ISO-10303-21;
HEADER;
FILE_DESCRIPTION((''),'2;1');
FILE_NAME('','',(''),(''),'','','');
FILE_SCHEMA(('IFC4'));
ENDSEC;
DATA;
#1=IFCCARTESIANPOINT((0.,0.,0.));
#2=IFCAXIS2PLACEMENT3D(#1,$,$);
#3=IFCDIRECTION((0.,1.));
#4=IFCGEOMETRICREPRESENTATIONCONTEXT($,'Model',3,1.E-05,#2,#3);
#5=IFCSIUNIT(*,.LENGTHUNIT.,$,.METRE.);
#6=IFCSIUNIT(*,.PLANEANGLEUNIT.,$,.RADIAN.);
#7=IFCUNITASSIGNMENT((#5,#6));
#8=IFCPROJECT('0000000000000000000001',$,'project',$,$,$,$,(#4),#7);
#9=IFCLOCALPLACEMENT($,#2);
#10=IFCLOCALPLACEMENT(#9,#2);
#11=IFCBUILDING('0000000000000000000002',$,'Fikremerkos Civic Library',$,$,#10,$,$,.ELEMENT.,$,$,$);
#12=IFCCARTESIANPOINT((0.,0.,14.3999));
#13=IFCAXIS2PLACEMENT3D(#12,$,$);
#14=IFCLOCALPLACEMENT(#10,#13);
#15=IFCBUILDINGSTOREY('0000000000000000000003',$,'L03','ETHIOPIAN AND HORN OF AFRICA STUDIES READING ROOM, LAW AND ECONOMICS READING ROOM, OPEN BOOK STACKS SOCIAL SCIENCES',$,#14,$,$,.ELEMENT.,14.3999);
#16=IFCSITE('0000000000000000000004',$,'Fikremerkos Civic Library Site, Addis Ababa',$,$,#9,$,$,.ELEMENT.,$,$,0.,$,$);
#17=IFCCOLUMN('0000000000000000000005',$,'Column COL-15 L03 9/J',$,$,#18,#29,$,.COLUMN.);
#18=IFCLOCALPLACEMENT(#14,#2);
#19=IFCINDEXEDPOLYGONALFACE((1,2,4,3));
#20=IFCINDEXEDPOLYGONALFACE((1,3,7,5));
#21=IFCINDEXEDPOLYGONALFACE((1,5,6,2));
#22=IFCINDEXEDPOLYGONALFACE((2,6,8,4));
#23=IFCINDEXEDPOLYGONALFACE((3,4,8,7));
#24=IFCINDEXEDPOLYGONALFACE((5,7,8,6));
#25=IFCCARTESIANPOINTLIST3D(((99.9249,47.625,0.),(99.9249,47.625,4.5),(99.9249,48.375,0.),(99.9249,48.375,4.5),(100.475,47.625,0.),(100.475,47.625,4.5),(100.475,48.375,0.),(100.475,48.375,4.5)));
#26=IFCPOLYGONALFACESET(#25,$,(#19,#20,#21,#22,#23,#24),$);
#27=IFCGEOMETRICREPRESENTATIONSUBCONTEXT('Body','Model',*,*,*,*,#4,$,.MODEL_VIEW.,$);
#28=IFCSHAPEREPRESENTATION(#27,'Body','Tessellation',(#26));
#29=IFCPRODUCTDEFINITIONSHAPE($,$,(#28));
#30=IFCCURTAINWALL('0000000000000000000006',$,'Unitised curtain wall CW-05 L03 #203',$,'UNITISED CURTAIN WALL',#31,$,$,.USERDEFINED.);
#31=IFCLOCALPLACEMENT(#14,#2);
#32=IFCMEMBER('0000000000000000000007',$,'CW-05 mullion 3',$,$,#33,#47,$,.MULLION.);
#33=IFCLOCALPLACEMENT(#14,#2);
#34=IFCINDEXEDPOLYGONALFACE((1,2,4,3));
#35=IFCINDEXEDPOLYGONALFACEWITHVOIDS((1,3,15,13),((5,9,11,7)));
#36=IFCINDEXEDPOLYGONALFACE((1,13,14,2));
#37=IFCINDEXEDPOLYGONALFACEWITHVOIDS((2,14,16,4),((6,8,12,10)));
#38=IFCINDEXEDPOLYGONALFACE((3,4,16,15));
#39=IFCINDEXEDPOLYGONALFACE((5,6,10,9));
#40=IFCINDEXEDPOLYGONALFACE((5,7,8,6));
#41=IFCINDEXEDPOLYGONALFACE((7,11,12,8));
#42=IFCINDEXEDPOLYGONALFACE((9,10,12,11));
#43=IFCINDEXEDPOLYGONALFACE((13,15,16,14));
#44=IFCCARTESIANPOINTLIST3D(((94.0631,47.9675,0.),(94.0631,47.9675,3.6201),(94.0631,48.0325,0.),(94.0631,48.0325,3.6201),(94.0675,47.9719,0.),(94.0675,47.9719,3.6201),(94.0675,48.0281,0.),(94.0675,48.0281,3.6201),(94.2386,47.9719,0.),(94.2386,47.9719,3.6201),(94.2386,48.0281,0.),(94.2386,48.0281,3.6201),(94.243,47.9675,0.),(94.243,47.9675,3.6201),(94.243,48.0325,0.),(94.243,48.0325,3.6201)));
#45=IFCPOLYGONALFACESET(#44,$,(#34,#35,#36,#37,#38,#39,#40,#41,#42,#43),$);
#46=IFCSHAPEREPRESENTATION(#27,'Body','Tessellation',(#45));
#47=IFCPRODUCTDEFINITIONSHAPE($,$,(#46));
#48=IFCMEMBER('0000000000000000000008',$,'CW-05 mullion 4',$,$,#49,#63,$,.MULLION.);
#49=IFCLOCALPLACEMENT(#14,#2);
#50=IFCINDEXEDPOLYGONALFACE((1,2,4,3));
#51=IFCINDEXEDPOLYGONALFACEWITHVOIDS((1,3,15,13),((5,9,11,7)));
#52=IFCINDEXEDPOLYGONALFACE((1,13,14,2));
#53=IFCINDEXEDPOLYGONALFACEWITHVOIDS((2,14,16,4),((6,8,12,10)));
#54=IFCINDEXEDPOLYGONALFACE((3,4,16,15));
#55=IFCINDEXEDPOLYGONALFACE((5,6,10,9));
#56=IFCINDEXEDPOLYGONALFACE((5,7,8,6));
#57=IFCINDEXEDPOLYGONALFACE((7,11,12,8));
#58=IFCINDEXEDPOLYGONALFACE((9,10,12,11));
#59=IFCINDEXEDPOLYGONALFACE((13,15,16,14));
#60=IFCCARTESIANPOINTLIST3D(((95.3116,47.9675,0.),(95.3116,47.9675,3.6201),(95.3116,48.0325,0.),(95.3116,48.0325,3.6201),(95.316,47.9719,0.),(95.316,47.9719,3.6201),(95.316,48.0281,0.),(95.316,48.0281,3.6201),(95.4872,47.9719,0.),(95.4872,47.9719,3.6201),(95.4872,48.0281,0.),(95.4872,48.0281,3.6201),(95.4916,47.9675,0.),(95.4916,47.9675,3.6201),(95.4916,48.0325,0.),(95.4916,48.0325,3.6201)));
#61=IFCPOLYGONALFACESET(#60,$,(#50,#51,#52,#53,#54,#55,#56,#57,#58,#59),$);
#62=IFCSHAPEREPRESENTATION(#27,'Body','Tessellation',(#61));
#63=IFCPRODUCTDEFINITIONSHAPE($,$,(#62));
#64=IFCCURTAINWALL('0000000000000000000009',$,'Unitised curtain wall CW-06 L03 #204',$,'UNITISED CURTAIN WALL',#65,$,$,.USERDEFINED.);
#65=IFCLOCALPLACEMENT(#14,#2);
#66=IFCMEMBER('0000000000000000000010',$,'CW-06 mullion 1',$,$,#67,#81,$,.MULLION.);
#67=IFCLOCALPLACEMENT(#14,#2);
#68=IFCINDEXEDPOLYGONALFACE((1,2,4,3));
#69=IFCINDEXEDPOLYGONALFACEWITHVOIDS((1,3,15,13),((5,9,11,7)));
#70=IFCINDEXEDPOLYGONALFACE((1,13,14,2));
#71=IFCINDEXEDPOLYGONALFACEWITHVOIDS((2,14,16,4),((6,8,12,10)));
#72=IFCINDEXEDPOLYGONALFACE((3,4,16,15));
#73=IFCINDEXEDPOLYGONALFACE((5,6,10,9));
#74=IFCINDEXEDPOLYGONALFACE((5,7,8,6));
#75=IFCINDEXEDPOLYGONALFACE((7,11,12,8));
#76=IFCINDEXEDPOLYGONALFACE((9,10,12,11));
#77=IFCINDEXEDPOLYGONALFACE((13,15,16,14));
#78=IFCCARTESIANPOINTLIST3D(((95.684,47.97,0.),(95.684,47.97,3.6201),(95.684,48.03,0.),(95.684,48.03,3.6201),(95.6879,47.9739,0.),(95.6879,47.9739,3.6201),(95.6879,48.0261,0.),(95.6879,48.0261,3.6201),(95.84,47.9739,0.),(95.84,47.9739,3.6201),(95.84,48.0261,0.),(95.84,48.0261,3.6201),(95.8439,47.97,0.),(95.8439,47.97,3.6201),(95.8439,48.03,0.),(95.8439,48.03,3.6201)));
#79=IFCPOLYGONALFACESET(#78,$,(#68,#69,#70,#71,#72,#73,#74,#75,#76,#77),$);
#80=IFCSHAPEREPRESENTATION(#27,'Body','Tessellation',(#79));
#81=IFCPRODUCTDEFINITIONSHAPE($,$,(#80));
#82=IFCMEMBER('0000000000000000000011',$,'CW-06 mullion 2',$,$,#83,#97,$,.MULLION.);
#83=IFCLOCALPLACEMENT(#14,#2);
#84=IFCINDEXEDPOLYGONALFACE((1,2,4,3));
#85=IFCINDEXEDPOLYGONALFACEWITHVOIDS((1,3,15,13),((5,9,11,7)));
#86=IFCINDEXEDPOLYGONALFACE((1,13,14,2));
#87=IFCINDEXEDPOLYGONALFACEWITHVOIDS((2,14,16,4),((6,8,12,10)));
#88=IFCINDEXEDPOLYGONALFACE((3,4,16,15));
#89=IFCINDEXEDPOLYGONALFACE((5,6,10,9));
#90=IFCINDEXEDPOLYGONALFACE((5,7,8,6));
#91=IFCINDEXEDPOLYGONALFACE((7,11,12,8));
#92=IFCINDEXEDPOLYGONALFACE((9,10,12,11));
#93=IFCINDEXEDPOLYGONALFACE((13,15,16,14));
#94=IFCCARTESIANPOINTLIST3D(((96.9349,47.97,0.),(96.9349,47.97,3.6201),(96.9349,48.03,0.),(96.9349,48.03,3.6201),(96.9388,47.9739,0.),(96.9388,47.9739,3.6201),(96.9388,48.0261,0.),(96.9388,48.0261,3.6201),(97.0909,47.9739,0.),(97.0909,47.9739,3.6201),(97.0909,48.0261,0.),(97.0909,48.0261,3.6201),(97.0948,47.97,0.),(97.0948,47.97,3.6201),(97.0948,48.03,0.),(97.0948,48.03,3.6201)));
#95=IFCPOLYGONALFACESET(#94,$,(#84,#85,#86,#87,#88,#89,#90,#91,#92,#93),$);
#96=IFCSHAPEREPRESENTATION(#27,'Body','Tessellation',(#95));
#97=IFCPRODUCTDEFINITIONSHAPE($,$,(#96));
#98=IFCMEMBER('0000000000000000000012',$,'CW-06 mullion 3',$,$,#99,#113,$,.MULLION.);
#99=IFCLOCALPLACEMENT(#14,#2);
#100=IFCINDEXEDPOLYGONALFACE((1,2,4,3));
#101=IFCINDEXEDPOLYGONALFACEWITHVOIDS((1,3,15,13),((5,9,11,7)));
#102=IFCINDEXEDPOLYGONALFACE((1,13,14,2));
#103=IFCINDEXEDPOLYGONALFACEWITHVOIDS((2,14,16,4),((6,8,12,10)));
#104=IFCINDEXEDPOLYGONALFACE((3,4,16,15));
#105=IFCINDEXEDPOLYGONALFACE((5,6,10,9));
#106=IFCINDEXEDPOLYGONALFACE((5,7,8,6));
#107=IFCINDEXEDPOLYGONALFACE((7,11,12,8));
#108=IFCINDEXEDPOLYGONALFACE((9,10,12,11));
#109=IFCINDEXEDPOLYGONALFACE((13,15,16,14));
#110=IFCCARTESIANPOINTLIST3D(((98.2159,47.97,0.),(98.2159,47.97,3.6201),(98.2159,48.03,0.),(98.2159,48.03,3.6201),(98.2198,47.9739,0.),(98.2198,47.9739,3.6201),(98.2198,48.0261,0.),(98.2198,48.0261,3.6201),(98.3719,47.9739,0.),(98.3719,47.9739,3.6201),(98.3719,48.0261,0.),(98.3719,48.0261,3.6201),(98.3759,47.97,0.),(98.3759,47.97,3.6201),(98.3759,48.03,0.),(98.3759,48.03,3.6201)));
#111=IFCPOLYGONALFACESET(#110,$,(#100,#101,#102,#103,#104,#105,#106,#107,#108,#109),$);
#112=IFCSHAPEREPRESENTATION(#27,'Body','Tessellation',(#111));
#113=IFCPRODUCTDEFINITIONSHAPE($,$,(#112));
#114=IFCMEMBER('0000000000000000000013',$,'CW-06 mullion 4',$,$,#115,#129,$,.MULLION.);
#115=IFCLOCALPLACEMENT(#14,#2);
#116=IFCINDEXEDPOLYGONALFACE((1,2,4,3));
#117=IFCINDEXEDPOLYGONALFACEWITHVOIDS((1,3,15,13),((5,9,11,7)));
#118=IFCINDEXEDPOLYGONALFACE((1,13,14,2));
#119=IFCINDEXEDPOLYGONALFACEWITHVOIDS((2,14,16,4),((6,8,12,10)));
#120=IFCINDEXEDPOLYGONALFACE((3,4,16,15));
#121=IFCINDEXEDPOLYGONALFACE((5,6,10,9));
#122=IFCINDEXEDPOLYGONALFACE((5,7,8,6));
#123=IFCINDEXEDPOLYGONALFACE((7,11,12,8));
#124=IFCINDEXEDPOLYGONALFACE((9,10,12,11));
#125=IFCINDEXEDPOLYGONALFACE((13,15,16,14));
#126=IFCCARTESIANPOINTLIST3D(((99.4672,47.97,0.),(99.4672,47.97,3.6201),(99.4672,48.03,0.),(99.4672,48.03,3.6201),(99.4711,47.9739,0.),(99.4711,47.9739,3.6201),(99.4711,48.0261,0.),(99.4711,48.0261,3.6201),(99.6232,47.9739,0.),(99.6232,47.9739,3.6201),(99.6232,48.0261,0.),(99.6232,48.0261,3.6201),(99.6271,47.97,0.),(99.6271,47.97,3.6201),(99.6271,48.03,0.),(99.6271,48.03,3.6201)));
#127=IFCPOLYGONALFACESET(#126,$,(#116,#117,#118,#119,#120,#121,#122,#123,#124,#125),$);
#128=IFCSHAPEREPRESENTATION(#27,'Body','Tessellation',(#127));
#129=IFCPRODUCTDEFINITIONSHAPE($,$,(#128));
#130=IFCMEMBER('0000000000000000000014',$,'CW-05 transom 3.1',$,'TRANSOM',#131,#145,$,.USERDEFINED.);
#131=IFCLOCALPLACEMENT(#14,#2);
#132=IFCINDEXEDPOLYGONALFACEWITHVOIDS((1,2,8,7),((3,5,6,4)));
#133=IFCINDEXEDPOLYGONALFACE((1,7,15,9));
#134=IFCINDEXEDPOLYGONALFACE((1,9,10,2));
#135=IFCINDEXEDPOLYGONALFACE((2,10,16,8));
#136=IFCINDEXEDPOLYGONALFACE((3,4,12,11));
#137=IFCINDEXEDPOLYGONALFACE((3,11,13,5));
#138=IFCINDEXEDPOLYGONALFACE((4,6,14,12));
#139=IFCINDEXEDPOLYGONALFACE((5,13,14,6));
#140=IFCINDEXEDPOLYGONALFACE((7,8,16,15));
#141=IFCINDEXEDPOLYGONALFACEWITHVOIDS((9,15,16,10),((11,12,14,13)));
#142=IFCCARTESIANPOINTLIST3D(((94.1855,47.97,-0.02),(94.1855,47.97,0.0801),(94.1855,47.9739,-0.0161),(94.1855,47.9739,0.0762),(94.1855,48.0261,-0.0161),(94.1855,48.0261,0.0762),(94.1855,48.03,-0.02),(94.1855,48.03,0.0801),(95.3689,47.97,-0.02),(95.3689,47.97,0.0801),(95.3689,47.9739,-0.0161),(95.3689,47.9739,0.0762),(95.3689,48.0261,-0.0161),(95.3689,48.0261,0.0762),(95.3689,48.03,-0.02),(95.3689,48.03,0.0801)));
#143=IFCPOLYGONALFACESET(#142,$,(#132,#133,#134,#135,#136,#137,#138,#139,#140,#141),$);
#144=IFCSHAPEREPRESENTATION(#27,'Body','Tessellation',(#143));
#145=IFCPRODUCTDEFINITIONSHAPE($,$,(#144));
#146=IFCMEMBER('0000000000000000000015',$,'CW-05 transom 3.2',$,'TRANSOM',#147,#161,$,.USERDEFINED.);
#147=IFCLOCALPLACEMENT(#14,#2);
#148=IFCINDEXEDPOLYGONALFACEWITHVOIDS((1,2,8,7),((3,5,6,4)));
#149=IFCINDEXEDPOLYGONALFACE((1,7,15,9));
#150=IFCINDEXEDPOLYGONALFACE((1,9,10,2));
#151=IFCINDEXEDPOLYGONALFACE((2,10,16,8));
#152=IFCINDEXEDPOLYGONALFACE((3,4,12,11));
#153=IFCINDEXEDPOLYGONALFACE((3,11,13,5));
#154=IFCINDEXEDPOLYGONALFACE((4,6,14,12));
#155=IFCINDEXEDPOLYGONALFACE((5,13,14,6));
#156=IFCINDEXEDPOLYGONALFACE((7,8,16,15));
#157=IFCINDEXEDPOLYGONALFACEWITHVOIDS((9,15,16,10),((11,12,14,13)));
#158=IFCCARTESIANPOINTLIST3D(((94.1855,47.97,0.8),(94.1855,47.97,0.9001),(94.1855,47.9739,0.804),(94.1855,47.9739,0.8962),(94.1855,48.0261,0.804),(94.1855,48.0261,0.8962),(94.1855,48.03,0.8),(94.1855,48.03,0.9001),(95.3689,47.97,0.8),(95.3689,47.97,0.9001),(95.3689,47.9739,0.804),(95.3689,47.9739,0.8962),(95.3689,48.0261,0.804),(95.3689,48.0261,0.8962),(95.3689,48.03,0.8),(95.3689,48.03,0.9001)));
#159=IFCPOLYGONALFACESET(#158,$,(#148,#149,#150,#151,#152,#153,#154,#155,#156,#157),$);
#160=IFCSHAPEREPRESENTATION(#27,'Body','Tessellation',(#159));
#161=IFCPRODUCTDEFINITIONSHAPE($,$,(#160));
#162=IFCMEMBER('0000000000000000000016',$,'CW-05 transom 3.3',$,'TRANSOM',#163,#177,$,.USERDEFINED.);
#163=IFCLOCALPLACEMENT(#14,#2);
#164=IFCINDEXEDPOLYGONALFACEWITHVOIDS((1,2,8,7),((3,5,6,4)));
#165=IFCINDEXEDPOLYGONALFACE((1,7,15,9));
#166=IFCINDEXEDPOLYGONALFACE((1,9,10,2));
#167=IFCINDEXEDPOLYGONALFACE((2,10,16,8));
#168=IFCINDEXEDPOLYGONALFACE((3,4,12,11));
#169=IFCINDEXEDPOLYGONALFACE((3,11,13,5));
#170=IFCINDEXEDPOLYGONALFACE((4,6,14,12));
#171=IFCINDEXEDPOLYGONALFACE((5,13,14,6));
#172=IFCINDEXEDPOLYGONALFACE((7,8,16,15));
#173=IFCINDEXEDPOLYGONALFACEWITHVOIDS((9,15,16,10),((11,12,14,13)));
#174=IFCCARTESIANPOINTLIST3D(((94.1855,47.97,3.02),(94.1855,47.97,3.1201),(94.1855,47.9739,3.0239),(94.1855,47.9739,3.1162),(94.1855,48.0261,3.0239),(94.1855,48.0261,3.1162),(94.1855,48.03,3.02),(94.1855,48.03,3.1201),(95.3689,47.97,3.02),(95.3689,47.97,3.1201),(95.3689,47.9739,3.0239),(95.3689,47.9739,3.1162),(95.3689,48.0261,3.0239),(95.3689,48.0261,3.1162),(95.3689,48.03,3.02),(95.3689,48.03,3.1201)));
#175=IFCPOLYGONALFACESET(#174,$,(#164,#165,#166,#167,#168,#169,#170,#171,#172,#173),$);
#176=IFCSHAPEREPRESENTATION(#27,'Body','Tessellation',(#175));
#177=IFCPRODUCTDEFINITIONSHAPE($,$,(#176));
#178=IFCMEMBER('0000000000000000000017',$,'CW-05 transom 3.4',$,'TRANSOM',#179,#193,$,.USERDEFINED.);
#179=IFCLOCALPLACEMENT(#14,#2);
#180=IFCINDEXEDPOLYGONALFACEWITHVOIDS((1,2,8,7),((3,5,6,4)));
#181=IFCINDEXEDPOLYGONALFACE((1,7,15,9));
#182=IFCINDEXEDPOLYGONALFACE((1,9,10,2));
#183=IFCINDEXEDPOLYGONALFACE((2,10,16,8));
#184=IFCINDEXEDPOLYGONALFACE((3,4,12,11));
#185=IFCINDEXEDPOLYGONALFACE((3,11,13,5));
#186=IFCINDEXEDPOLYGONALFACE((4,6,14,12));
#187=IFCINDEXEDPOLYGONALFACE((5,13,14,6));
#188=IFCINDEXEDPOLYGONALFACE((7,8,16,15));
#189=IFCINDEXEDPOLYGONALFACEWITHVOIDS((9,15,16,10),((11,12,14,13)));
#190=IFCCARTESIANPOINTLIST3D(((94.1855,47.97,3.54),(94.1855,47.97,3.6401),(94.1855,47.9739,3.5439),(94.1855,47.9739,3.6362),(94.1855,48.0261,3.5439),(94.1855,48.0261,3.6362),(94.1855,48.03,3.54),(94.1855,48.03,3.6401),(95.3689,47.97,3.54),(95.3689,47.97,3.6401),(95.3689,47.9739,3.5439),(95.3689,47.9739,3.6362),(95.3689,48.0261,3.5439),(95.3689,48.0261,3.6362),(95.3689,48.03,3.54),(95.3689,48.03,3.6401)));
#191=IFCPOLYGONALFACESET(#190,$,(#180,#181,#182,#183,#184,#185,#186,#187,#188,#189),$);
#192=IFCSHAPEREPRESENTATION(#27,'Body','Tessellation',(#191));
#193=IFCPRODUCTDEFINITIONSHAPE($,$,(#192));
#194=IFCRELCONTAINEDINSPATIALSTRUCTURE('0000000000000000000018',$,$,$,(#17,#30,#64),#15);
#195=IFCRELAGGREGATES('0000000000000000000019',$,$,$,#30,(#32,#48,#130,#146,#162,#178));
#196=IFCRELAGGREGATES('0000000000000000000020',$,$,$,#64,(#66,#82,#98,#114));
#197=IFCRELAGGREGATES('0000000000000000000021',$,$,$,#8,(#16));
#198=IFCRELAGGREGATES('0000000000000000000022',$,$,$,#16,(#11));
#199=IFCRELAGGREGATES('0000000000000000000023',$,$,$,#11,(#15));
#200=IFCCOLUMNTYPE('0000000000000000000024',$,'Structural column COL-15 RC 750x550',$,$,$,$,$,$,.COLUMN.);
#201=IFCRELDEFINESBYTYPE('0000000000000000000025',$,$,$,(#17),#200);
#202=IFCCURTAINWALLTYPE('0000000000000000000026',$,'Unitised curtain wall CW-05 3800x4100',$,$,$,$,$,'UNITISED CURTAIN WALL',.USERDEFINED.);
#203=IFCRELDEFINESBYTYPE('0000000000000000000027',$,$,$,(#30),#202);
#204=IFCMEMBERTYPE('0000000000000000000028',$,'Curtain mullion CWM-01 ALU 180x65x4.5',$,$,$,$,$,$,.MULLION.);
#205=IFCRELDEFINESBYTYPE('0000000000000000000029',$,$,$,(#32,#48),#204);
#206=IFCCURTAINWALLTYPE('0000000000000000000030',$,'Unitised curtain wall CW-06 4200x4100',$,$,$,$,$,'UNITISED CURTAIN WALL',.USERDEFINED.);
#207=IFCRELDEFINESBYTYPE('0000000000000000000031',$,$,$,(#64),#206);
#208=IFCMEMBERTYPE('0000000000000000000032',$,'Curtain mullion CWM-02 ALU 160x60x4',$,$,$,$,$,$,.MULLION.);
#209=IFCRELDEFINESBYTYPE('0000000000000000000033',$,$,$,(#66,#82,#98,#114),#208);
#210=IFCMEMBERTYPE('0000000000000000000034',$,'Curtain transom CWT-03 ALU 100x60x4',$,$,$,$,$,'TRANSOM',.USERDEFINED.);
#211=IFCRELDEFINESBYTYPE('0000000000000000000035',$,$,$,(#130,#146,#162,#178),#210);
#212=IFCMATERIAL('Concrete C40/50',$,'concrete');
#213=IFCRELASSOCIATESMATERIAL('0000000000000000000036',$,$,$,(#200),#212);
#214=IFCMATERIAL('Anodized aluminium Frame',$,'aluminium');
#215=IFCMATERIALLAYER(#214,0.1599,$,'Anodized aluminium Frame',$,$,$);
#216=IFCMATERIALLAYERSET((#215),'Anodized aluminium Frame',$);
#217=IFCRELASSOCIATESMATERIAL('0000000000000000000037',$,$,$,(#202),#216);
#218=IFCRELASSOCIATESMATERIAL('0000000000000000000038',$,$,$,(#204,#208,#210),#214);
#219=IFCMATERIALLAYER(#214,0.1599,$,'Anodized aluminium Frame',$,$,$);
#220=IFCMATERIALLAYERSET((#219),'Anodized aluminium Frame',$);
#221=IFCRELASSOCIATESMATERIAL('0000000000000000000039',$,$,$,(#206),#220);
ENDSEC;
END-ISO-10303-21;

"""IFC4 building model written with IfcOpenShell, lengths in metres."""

from ifc_helpers import new_model, si_unit, direction, frame, origin, origin_2d, place, context, subcontext, project, spatial, rectangle, hollow_rectangle, extrude, material, layer, layer_set, material_profile, profile_set, type_object, element, aggregate, save


model = new_model("IFC4")

# Units and contexts
model_context = context("Model", 3, precision=1e-05, world=origin(), true_north=direction((0.0, 1.0)))
body_context = subcontext(model_context, "Body", "Model", "MODEL_VIEW")
ifc_project = project(units=[si_unit("LENGTHUNIT", "METRE"), si_unit("PLANEANGLEUNIT", "RADIAN")], contexts=[model_context])

# Site, building, storey
site_placement = place(None, origin())
site = spatial("IfcSite", under=ifc_project, at=site_placement, Name="Fikremerkos Civic Library Site, Addis Ababa", CompositionType="ELEMENT", RefElevation=0.0)
building_placement = place(site_placement, origin())
building = spatial("IfcBuilding", under=site, at=building_placement, Name="Fikremerkos Civic Library", CompositionType="ELEMENT")
storey_placement = place(building_placement, frame((0.0, 0.0, 14.3999)))
storey = spatial("IfcBuildingStorey", under=building, at=storey_placement, Name="L03", Description="ETHIOPIAN AND HORN OF AFRICA STUDIES READING ROOM, LAW AND ECONOMICS READING ROOM, OPEN BOOK STACKS SOCIAL SCIENCES", CompositionType="ELEMENT", Elevation=14.3999)

# Column
ifc_material_1 = material(Name="Concrete C40/50", Category="concrete")
ifc_material_profile_1 = material_profile(ifc_material_1, rectangle(XDim=0.75, YDim=0.55, at=origin_2d()), Name="RC 750x550")
ifc_profile_set_1 = profile_set([ifc_material_profile_1], Name="Concrete C40/50")
column_type = type_object("IfcColumnType", Name="Structural column COL-15 RC 750x550", PredefinedType="COLUMN", material=ifc_profile_set_1)
column_placement = place(storey_placement, frame((100.2, 48.0, 0.0), z_axis=(0.0, 0.0, 1.0), x_axis=(0.0, 1.0, 0.0)))
element("IfcColumn", 1, at=column_placement, inside=storey, type_object=column_type, Name="Column COL-15 L03 9/J", PredefinedType="COLUMN", context=body_context, shape_type="SweptSolid", body=[
    extrude(rectangle(XDim=0.75, YDim=0.55, at=origin_2d()), origin(), (0.0, 0.0, 1.0), 4.5),
])

# Curtain walls, members
ifc_material_2 = material(Name="Anodized aluminium Frame", Category="aluminium")
ifc_layer_1 = layer(ifc_material_2, 0.1599, Name="Anodized aluminium Frame")
ifc_layer_set_1 = layer_set([ifc_layer_1], Name="Anodized aluminium Frame")
curtain_wall_type_1 = type_object("IfcCurtainWallType", Name="Unitised curtain wall CW-05 3800x4100", ElementType="UNITISED CURTAIN WALL", PredefinedType="USERDEFINED", material=ifc_layer_set_1)
curtain_wall_1_placement = place(storey_placement, origin())
curtain_wall_1 = element("IfcCurtainWall", 2, at=curtain_wall_1_placement, inside=storey, type_object=curtain_wall_type_1, Name="Unitised curtain wall CW-05 L03 #203", ObjectType="UNITISED CURTAIN WALL", PredefinedType="USERDEFINED")
ifc_material_profile_2 = material_profile(ifc_material_2, hollow_rectangle(XDim=0.0649, YDim=0.1799, WallThickness=0.0044, at=origin_2d()), Name="ALU 180x65x4.5")
ifc_profile_set_2 = profile_set([ifc_material_profile_2], Name="Anodized aluminium Frame")
member_type_1 = type_object("IfcMemberType", Name="Curtain mullion CWM-01 ALU 180x65x4.5", PredefinedType="MULLION", material=ifc_profile_set_2)
member_1_placement = place(storey_placement, frame((94.1531, 48.0, 0.0), z_axis=(0.0, 0.0, 1.0), x_axis=(0.0, 1.0, 0.0)))
member_1 = element("IfcMember", 3, at=member_1_placement, type_object=member_type_1, Name="CW-05 mullion 3", PredefinedType="MULLION", context=body_context, shape_type="SweptSolid", body=[
    extrude(hollow_rectangle(XDim=0.0649, YDim=0.1799, WallThickness=0.0044, at=origin_2d()), origin(), (0.0, 0.0, 1.0), 3.6201),
])
member_2_placement = place(storey_placement, frame((95.4016, 48.0, 0.0), z_axis=(0.0, 0.0, 1.0), x_axis=(0.0, 1.0, 0.0)))
member_2 = element("IfcMember", 4, at=member_2_placement, type_object=member_type_1, Name="CW-05 mullion 4", PredefinedType="MULLION", context=body_context, shape_type="SweptSolid", body=[
    extrude(hollow_rectangle(XDim=0.0649, YDim=0.1799, WallThickness=0.0044, at=origin_2d()), origin(), (0.0, 0.0, 1.0), 3.6201),
])
ifc_layer_2 = layer(ifc_material_2, 0.1599, Name="Anodized aluminium Frame")
ifc_layer_set_2 = layer_set([ifc_layer_2], Name="Anodized aluminium Frame")
curtain_wall_type_2 = type_object("IfcCurtainWallType", Name="Unitised curtain wall CW-06 4200x4100", ElementType="UNITISED CURTAIN WALL", PredefinedType="USERDEFINED", material=ifc_layer_set_2)
curtain_wall_2_placement = place(storey_placement, origin())
curtain_wall_2 = element("IfcCurtainWall", 5, at=curtain_wall_2_placement, inside=storey, type_object=curtain_wall_type_2, Name="Unitised curtain wall CW-06 L03 #204", ObjectType="UNITISED CURTAIN WALL", PredefinedType="USERDEFINED")
ifc_material_profile_3 = material_profile(ifc_material_2, hollow_rectangle(XDim=0.0601, YDim=0.1599, WallThickness=0.0039, at=origin_2d()), Name="ALU 160x60x4")
ifc_profile_set_3 = profile_set([ifc_material_profile_3], Name="Anodized aluminium Frame")
member_type_2 = type_object("IfcMemberType", Name="Curtain mullion CWM-02 ALU 160x60x4", PredefinedType="MULLION", material=ifc_profile_set_3)
member_3_placement = place(storey_placement, frame((95.7639, 48.0, 0.0), z_axis=(0.0, 0.0, 1.0), x_axis=(0.0, 1.0, 0.0)))
member_3 = element("IfcMember", 6, at=member_3_placement, type_object=member_type_2, Name="CW-06 mullion 1", PredefinedType="MULLION", context=body_context, shape_type="SweptSolid", body=[
    extrude(hollow_rectangle(XDim=0.0601, YDim=0.1599, WallThickness=0.0039, at=origin_2d()), origin(), (0.0, 0.0, 1.0), 3.6201),
])
member_4_placement = place(storey_placement, frame((97.0149, 48.0, 0.0), z_axis=(0.0, 0.0, 1.0), x_axis=(0.0, 1.0, 0.0)))
member_4 = element("IfcMember", 7, at=member_4_placement, type_object=member_type_2, Name="CW-06 mullion 2", PredefinedType="MULLION", context=body_context, shape_type="SweptSolid", body=[
    extrude(hollow_rectangle(XDim=0.0601, YDim=0.1599, WallThickness=0.0039, at=origin_2d()), origin(), (0.0, 0.0, 1.0), 3.6201),
])
member_5_placement = place(storey_placement, frame((98.2959, 48.0, 0.0), z_axis=(0.0, 0.0, 1.0), x_axis=(0.0, 1.0, 0.0)))
member_5 = element("IfcMember", 8, at=member_5_placement, type_object=member_type_2, Name="CW-06 mullion 3", PredefinedType="MULLION", context=body_context, shape_type="SweptSolid", body=[
    extrude(hollow_rectangle(XDim=0.0601, YDim=0.1599, WallThickness=0.0039, at=origin_2d()), origin(), (0.0, 0.0, 1.0), 3.6201),
])
member_6_placement = place(storey_placement, frame((99.5471, 48.0, 0.0), z_axis=(0.0, 0.0, 1.0), x_axis=(0.0, 1.0, 0.0)))
member_6 = element("IfcMember", 9, at=member_6_placement, type_object=member_type_2, Name="CW-06 mullion 4", PredefinedType="MULLION", context=body_context, shape_type="SweptSolid", body=[
    extrude(hollow_rectangle(XDim=0.0601, YDim=0.1599, WallThickness=0.0039, at=origin_2d()), origin(), (0.0, 0.0, 1.0), 3.6201),
])

# Members
ifc_material_profile_4 = material_profile(ifc_material_2, hollow_rectangle(XDim=0.0601, YDim=0.1001, WallThickness=0.0039, at=origin_2d()), Name="ALU 100x60x4")
ifc_profile_set_4 = profile_set([ifc_material_profile_4], Name="Anodized aluminium Frame")
member_type_3 = type_object("IfcMemberType", Name="Curtain transom CWT-03 ALU 100x60x4", ElementType="TRANSOM", PredefinedType="USERDEFINED", material=ifc_profile_set_4)
member_7_placement = place(storey_placement, frame((94.1855, 48.0, 0.03), z_axis=(1.0, 0.0, 0.0), x_axis=(0.0, 1.0, 0.0)))
member_7 = element("IfcMember", 10, at=member_7_placement, type_object=member_type_3, Name="CW-05 transom 3.1", ObjectType="TRANSOM", PredefinedType="USERDEFINED", context=body_context, shape_type="SweptSolid", body=[
    extrude(hollow_rectangle(XDim=0.0601, YDim=0.1001, WallThickness=0.0039, at=origin_2d()), origin(), (0.0, 0.0, 1.0), 1.1833),
])
member_8_placement = place(storey_placement, frame((94.1855, 48.0, 0.8501), z_axis=(1.0, 0.0, 0.0), x_axis=(0.0, 1.0, 0.0)))
member_8 = element("IfcMember", 11, at=member_8_placement, type_object=member_type_3, Name="CW-05 transom 3.2", ObjectType="TRANSOM", PredefinedType="USERDEFINED", context=body_context, shape_type="SweptSolid", body=[
    extrude(hollow_rectangle(XDim=0.0601, YDim=0.1001, WallThickness=0.0039, at=origin_2d()), origin(), (0.0, 0.0, 1.0), 1.1833),
])
member_9_placement = place(storey_placement, frame((94.1855, 48.0, 3.0701), z_axis=(1.0, 0.0, 0.0), x_axis=(0.0, 1.0, 0.0)))
member_9 = element("IfcMember", 12, at=member_9_placement, type_object=member_type_3, Name="CW-05 transom 3.3", ObjectType="TRANSOM", PredefinedType="USERDEFINED", context=body_context, shape_type="SweptSolid", body=[
    extrude(hollow_rectangle(XDim=0.0601, YDim=0.1001, WallThickness=0.0039, at=origin_2d()), origin(), (0.0, 0.0, 1.0), 1.1833),
])
member_10_placement = place(storey_placement, frame((94.1855, 48.0, 3.5901), z_axis=(1.0, 0.0, 0.0), x_axis=(0.0, 1.0, 0.0)))
member_10 = element("IfcMember", 13, at=member_10_placement, type_object=member_type_3, Name="CW-05 transom 3.4", ObjectType="TRANSOM", PredefinedType="USERDEFINED", context=body_context, shape_type="SweptSolid", body=[
    extrude(hollow_rectangle(XDim=0.0601, YDim=0.1001, WallThickness=0.0039, at=origin_2d()), origin(), (0.0, 0.0, 1.0), 1.1833),
])

aggregate(curtain_wall_1, [member_1, member_2, member_7, member_8, member_9, member_10])
aggregate(curtain_wall_2, [member_3, member_4, member_5, member_6])

save(model, "model.ifc")
